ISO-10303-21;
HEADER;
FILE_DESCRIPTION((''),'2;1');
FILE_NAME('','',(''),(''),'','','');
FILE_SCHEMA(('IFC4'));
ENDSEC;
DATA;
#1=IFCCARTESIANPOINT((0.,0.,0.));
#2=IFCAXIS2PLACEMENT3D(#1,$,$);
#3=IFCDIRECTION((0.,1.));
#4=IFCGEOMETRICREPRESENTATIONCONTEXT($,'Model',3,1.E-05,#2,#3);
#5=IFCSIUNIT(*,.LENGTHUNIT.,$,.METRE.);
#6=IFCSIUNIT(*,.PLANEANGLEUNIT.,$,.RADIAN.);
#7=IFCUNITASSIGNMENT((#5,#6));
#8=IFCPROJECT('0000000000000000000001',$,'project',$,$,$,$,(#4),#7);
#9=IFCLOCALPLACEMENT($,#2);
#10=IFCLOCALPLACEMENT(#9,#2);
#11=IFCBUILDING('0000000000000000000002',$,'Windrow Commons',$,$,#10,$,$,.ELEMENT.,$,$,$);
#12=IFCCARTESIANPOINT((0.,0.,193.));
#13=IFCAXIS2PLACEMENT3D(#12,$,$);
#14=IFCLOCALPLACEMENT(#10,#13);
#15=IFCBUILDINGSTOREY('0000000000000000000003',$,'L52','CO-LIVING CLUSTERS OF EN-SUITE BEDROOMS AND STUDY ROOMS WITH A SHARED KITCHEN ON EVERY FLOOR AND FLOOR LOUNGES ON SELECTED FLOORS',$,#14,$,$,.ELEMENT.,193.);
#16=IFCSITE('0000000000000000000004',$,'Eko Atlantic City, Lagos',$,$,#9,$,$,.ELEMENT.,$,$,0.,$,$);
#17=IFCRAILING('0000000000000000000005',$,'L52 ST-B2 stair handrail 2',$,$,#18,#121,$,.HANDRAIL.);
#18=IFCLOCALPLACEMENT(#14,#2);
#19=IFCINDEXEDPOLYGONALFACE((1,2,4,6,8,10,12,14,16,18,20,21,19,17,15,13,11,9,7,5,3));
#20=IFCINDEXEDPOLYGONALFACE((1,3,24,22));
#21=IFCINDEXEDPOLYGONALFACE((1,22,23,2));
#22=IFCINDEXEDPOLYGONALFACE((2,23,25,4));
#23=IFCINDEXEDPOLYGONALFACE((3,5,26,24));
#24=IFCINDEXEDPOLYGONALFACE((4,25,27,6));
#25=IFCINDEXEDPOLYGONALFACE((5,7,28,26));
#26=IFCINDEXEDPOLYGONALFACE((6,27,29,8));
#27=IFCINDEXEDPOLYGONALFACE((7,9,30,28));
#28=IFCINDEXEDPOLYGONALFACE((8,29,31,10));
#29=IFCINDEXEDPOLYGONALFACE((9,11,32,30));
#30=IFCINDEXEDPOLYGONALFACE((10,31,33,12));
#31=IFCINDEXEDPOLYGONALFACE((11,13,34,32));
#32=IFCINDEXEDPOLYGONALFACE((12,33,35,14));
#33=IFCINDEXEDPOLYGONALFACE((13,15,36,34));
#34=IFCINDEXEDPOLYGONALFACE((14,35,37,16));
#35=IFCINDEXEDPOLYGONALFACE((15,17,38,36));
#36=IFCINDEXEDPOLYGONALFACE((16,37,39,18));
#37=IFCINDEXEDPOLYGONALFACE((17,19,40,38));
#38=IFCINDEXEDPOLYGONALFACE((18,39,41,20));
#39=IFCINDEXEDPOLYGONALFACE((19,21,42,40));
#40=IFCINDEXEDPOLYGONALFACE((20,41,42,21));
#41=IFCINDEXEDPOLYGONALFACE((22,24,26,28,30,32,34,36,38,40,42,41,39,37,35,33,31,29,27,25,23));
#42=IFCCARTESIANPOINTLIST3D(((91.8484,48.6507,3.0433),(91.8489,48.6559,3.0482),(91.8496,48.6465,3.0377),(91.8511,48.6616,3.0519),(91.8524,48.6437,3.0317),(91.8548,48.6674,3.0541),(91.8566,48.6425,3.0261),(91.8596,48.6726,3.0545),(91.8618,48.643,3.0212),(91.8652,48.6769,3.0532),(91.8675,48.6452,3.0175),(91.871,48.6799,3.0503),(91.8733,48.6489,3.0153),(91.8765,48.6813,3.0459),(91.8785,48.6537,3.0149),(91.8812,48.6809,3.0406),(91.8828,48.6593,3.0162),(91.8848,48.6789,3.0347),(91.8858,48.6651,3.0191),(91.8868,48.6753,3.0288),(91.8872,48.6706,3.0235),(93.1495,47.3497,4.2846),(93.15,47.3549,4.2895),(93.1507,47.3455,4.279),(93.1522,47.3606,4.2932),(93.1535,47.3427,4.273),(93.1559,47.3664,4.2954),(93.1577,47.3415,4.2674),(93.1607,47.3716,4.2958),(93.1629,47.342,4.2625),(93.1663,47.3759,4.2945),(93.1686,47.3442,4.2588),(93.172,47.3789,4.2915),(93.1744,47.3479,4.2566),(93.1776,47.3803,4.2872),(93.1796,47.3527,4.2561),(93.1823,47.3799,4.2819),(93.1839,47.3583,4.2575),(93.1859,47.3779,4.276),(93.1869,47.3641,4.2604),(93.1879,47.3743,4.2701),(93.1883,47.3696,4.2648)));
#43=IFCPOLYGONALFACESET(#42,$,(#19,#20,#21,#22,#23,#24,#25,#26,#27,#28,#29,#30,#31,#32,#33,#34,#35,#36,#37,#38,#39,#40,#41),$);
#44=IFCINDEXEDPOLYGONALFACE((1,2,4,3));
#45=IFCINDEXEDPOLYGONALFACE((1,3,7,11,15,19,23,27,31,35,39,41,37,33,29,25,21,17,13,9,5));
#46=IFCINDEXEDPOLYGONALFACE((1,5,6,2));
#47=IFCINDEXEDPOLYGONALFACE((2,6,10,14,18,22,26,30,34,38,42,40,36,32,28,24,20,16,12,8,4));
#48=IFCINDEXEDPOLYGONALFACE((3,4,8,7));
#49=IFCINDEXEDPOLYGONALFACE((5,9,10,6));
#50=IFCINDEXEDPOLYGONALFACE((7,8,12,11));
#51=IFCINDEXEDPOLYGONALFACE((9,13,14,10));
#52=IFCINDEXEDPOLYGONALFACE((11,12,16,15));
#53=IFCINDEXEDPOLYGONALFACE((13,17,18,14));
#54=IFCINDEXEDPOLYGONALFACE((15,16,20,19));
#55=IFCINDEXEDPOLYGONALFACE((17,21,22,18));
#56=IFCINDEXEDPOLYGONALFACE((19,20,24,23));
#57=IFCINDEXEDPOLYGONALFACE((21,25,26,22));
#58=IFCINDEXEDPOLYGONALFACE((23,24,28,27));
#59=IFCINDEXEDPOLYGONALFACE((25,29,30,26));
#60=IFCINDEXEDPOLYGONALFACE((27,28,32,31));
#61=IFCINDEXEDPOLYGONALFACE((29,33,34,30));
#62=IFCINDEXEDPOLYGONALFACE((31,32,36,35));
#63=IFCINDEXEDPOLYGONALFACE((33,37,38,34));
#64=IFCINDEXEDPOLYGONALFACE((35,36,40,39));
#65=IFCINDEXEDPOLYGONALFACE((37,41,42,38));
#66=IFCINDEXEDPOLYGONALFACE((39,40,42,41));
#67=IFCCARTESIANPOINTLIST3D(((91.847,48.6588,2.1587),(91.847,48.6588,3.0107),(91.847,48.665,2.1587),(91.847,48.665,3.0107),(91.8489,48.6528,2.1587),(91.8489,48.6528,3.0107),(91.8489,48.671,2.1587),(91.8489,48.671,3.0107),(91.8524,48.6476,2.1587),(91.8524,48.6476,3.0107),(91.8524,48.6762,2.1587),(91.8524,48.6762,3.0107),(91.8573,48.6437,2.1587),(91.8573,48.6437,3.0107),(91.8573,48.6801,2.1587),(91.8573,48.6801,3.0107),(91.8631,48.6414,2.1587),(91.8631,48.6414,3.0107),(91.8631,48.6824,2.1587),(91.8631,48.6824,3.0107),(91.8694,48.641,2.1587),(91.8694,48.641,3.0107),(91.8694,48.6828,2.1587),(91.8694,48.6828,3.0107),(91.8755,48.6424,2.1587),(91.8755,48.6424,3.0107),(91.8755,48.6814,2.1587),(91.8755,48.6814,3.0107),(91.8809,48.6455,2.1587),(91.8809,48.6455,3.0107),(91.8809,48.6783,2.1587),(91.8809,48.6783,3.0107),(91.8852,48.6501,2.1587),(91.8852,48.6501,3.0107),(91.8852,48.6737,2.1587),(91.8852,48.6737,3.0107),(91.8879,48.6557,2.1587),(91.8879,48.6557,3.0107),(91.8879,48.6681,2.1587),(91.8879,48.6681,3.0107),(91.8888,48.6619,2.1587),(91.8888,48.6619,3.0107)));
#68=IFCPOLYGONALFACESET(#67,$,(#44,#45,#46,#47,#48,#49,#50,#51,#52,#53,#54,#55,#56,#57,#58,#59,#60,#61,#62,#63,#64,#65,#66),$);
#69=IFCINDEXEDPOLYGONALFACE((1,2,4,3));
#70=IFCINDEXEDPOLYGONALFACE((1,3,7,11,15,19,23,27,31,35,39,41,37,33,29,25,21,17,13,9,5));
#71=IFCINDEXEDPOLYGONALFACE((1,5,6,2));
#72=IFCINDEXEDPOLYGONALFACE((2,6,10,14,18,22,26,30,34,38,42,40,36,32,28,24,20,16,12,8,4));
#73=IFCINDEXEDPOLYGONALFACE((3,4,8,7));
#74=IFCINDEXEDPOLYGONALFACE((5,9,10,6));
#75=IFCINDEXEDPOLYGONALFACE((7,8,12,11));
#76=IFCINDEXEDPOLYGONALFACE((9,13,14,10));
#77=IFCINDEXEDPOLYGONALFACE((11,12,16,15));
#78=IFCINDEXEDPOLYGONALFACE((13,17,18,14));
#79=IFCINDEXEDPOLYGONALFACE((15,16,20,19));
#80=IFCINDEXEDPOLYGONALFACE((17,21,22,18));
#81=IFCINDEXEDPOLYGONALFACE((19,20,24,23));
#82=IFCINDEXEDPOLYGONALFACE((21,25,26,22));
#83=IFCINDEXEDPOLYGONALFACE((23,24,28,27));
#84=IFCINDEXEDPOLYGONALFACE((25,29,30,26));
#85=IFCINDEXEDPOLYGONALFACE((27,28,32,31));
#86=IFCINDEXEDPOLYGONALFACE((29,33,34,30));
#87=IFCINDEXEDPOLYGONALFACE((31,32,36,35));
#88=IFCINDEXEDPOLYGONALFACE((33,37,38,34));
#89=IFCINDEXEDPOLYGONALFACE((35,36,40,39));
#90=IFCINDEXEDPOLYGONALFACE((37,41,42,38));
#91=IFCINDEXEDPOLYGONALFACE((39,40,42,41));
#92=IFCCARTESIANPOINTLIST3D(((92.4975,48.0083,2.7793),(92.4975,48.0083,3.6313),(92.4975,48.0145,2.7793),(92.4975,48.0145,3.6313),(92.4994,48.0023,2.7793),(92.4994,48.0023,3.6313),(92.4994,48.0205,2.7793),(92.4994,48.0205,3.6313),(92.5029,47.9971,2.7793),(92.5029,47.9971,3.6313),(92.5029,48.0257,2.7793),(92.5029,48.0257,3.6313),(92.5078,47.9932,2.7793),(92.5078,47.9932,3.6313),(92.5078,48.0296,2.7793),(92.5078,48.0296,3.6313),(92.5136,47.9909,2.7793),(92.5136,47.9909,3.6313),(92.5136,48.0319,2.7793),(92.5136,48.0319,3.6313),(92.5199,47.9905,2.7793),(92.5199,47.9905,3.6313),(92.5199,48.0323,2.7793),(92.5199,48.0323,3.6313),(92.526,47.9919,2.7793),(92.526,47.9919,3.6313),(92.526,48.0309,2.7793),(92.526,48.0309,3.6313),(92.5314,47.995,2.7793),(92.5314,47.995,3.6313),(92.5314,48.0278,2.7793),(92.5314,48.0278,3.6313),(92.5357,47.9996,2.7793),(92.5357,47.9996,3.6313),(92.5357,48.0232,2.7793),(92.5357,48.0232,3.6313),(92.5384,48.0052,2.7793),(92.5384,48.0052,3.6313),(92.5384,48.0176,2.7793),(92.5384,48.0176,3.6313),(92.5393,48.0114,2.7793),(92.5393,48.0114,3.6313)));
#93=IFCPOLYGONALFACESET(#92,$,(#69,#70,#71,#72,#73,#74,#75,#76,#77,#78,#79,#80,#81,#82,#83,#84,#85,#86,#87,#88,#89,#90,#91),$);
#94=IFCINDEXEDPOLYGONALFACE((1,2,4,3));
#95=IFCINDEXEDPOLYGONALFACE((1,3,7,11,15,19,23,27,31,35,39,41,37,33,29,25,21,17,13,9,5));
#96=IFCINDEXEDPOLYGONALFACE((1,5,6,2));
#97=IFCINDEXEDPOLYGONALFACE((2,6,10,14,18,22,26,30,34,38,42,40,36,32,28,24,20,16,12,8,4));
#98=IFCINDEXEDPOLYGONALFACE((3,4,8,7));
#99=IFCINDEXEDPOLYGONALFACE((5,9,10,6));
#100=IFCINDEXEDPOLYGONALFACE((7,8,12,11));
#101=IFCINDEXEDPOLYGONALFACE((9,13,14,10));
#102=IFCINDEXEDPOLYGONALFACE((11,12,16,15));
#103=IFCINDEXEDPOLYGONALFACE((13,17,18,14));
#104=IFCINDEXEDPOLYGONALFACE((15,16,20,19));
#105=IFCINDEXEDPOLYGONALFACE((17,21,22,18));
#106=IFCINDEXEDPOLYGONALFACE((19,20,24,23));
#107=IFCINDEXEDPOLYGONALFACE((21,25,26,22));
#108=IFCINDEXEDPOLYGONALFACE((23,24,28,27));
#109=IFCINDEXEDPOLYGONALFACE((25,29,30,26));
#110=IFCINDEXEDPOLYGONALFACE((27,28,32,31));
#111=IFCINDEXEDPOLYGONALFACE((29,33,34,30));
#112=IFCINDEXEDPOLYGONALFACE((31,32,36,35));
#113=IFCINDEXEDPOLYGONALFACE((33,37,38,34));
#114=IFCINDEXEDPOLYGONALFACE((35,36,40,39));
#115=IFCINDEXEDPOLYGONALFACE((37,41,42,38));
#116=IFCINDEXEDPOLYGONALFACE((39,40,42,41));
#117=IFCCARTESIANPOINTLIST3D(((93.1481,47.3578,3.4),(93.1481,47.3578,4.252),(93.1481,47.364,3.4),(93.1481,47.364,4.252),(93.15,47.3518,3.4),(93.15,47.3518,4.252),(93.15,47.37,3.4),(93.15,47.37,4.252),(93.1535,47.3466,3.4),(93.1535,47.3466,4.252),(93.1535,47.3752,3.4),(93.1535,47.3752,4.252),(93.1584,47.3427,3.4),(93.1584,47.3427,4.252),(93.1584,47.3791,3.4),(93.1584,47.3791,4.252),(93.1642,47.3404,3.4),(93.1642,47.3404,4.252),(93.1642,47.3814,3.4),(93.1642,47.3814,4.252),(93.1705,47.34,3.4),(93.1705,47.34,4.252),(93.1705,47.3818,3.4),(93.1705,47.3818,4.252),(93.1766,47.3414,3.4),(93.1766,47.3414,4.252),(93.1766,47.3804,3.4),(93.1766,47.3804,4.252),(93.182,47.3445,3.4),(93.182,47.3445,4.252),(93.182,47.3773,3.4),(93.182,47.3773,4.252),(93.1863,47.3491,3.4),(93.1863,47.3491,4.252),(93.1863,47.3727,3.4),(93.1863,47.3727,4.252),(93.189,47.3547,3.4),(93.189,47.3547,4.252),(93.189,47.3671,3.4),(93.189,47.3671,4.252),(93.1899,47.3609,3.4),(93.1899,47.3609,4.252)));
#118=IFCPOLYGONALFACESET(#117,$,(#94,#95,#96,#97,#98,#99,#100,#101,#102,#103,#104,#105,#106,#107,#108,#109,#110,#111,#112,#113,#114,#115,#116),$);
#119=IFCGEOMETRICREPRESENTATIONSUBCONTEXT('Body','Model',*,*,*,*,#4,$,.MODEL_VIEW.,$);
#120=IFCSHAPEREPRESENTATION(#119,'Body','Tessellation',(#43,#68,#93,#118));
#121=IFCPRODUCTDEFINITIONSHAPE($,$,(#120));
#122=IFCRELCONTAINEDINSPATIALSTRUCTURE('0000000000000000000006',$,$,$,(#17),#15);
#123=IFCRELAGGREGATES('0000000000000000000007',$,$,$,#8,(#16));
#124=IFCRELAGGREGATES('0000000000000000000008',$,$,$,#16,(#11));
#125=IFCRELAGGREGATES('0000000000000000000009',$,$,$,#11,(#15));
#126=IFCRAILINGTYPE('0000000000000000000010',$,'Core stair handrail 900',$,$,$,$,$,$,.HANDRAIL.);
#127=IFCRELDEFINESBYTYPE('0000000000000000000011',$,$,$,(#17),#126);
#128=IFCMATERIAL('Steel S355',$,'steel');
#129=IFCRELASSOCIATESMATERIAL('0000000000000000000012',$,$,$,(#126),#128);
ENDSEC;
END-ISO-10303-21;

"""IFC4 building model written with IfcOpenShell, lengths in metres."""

from ifc_helpers import new_model, si_unit, direction, frame, origin, origin_2d, place, context, subcontext, project, spatial, circle, extrude, material, type_object, element, save


model = new_model("IFC4")

# Units and contexts
model_context = context("Model", 3, precision=1e-05, world=origin(), true_north=direction((0.0, 1.0)))
body_context = subcontext(model_context, "Body", "Model", "MODEL_VIEW")
ifc_project = project(units=[si_unit("LENGTHUNIT", "METRE"), si_unit("PLANEANGLEUNIT", "RADIAN")], contexts=[model_context])

# Site, building, storey
site_placement = place(None, origin())
site = spatial("IfcSite", under=ifc_project, at=site_placement, Name="Eko Atlantic City, Lagos", CompositionType="ELEMENT", RefElevation=0.0)
building_placement = place(site_placement, origin())
building = spatial("IfcBuilding", under=site, at=building_placement, Name="Windrow Commons", CompositionType="ELEMENT")
storey_placement = place(building_placement, frame((0.0, 0.0, 193.0)))
storey = spatial("IfcBuildingStorey", under=building, at=storey_placement, Name="L52", Description="CO-LIVING CLUSTERS OF EN-SUITE BEDROOMS AND STUDY ROOMS WITH A SHARED KITCHEN ON EVERY FLOOR AND FLOOR LOUNGES ON SELECTED FLOORS", CompositionType="ELEMENT", Elevation=193.0)

# Railing
ifc_material_1 = material(Name="Steel S355", Category="steel")
railing_type_1 = type_object("IfcRailingType", Name="Core stair handrail 900", PredefinedType="HANDRAIL", material=ifc_material_1)
railing_1_placement = place(storey_placement, frame((91.8678, 48.6619, 2.1587)))
element("IfcRailing", 1, at=railing_1_placement, inside=storey, type_object=railing_type_1, Name="L52 ST-B2 stair handrail 2", PredefinedType="HANDRAIL", context=body_context, shape_type="SweptSolid", body=[
    extrude(circle(Radius=0.024, at=origin_2d()), frame((0.0, 0.0, 0.876), z_axis=(0.586207, -0.586162, 0.559264), x_axis=(0.70708, 0.707134, 0.0)), (0.0, 0.0, 1.0), 2.2195),
    extrude(circle(Radius=0.021, at=origin_2d()), origin(), (0.0, 0.0, 1.0), 0.852),
    extrude(circle(Radius=0.021, at=origin_2d()), frame((0.6505, -0.6505, 0.6206)), (0.0, 0.0, 1.0), 0.852),
    extrude(circle(Radius=0.021, at=origin_2d()), frame((1.3011, -1.301, 1.2413)), (0.0, 0.0, 1.0), 0.852),
])

save(model, "model.ifc")
